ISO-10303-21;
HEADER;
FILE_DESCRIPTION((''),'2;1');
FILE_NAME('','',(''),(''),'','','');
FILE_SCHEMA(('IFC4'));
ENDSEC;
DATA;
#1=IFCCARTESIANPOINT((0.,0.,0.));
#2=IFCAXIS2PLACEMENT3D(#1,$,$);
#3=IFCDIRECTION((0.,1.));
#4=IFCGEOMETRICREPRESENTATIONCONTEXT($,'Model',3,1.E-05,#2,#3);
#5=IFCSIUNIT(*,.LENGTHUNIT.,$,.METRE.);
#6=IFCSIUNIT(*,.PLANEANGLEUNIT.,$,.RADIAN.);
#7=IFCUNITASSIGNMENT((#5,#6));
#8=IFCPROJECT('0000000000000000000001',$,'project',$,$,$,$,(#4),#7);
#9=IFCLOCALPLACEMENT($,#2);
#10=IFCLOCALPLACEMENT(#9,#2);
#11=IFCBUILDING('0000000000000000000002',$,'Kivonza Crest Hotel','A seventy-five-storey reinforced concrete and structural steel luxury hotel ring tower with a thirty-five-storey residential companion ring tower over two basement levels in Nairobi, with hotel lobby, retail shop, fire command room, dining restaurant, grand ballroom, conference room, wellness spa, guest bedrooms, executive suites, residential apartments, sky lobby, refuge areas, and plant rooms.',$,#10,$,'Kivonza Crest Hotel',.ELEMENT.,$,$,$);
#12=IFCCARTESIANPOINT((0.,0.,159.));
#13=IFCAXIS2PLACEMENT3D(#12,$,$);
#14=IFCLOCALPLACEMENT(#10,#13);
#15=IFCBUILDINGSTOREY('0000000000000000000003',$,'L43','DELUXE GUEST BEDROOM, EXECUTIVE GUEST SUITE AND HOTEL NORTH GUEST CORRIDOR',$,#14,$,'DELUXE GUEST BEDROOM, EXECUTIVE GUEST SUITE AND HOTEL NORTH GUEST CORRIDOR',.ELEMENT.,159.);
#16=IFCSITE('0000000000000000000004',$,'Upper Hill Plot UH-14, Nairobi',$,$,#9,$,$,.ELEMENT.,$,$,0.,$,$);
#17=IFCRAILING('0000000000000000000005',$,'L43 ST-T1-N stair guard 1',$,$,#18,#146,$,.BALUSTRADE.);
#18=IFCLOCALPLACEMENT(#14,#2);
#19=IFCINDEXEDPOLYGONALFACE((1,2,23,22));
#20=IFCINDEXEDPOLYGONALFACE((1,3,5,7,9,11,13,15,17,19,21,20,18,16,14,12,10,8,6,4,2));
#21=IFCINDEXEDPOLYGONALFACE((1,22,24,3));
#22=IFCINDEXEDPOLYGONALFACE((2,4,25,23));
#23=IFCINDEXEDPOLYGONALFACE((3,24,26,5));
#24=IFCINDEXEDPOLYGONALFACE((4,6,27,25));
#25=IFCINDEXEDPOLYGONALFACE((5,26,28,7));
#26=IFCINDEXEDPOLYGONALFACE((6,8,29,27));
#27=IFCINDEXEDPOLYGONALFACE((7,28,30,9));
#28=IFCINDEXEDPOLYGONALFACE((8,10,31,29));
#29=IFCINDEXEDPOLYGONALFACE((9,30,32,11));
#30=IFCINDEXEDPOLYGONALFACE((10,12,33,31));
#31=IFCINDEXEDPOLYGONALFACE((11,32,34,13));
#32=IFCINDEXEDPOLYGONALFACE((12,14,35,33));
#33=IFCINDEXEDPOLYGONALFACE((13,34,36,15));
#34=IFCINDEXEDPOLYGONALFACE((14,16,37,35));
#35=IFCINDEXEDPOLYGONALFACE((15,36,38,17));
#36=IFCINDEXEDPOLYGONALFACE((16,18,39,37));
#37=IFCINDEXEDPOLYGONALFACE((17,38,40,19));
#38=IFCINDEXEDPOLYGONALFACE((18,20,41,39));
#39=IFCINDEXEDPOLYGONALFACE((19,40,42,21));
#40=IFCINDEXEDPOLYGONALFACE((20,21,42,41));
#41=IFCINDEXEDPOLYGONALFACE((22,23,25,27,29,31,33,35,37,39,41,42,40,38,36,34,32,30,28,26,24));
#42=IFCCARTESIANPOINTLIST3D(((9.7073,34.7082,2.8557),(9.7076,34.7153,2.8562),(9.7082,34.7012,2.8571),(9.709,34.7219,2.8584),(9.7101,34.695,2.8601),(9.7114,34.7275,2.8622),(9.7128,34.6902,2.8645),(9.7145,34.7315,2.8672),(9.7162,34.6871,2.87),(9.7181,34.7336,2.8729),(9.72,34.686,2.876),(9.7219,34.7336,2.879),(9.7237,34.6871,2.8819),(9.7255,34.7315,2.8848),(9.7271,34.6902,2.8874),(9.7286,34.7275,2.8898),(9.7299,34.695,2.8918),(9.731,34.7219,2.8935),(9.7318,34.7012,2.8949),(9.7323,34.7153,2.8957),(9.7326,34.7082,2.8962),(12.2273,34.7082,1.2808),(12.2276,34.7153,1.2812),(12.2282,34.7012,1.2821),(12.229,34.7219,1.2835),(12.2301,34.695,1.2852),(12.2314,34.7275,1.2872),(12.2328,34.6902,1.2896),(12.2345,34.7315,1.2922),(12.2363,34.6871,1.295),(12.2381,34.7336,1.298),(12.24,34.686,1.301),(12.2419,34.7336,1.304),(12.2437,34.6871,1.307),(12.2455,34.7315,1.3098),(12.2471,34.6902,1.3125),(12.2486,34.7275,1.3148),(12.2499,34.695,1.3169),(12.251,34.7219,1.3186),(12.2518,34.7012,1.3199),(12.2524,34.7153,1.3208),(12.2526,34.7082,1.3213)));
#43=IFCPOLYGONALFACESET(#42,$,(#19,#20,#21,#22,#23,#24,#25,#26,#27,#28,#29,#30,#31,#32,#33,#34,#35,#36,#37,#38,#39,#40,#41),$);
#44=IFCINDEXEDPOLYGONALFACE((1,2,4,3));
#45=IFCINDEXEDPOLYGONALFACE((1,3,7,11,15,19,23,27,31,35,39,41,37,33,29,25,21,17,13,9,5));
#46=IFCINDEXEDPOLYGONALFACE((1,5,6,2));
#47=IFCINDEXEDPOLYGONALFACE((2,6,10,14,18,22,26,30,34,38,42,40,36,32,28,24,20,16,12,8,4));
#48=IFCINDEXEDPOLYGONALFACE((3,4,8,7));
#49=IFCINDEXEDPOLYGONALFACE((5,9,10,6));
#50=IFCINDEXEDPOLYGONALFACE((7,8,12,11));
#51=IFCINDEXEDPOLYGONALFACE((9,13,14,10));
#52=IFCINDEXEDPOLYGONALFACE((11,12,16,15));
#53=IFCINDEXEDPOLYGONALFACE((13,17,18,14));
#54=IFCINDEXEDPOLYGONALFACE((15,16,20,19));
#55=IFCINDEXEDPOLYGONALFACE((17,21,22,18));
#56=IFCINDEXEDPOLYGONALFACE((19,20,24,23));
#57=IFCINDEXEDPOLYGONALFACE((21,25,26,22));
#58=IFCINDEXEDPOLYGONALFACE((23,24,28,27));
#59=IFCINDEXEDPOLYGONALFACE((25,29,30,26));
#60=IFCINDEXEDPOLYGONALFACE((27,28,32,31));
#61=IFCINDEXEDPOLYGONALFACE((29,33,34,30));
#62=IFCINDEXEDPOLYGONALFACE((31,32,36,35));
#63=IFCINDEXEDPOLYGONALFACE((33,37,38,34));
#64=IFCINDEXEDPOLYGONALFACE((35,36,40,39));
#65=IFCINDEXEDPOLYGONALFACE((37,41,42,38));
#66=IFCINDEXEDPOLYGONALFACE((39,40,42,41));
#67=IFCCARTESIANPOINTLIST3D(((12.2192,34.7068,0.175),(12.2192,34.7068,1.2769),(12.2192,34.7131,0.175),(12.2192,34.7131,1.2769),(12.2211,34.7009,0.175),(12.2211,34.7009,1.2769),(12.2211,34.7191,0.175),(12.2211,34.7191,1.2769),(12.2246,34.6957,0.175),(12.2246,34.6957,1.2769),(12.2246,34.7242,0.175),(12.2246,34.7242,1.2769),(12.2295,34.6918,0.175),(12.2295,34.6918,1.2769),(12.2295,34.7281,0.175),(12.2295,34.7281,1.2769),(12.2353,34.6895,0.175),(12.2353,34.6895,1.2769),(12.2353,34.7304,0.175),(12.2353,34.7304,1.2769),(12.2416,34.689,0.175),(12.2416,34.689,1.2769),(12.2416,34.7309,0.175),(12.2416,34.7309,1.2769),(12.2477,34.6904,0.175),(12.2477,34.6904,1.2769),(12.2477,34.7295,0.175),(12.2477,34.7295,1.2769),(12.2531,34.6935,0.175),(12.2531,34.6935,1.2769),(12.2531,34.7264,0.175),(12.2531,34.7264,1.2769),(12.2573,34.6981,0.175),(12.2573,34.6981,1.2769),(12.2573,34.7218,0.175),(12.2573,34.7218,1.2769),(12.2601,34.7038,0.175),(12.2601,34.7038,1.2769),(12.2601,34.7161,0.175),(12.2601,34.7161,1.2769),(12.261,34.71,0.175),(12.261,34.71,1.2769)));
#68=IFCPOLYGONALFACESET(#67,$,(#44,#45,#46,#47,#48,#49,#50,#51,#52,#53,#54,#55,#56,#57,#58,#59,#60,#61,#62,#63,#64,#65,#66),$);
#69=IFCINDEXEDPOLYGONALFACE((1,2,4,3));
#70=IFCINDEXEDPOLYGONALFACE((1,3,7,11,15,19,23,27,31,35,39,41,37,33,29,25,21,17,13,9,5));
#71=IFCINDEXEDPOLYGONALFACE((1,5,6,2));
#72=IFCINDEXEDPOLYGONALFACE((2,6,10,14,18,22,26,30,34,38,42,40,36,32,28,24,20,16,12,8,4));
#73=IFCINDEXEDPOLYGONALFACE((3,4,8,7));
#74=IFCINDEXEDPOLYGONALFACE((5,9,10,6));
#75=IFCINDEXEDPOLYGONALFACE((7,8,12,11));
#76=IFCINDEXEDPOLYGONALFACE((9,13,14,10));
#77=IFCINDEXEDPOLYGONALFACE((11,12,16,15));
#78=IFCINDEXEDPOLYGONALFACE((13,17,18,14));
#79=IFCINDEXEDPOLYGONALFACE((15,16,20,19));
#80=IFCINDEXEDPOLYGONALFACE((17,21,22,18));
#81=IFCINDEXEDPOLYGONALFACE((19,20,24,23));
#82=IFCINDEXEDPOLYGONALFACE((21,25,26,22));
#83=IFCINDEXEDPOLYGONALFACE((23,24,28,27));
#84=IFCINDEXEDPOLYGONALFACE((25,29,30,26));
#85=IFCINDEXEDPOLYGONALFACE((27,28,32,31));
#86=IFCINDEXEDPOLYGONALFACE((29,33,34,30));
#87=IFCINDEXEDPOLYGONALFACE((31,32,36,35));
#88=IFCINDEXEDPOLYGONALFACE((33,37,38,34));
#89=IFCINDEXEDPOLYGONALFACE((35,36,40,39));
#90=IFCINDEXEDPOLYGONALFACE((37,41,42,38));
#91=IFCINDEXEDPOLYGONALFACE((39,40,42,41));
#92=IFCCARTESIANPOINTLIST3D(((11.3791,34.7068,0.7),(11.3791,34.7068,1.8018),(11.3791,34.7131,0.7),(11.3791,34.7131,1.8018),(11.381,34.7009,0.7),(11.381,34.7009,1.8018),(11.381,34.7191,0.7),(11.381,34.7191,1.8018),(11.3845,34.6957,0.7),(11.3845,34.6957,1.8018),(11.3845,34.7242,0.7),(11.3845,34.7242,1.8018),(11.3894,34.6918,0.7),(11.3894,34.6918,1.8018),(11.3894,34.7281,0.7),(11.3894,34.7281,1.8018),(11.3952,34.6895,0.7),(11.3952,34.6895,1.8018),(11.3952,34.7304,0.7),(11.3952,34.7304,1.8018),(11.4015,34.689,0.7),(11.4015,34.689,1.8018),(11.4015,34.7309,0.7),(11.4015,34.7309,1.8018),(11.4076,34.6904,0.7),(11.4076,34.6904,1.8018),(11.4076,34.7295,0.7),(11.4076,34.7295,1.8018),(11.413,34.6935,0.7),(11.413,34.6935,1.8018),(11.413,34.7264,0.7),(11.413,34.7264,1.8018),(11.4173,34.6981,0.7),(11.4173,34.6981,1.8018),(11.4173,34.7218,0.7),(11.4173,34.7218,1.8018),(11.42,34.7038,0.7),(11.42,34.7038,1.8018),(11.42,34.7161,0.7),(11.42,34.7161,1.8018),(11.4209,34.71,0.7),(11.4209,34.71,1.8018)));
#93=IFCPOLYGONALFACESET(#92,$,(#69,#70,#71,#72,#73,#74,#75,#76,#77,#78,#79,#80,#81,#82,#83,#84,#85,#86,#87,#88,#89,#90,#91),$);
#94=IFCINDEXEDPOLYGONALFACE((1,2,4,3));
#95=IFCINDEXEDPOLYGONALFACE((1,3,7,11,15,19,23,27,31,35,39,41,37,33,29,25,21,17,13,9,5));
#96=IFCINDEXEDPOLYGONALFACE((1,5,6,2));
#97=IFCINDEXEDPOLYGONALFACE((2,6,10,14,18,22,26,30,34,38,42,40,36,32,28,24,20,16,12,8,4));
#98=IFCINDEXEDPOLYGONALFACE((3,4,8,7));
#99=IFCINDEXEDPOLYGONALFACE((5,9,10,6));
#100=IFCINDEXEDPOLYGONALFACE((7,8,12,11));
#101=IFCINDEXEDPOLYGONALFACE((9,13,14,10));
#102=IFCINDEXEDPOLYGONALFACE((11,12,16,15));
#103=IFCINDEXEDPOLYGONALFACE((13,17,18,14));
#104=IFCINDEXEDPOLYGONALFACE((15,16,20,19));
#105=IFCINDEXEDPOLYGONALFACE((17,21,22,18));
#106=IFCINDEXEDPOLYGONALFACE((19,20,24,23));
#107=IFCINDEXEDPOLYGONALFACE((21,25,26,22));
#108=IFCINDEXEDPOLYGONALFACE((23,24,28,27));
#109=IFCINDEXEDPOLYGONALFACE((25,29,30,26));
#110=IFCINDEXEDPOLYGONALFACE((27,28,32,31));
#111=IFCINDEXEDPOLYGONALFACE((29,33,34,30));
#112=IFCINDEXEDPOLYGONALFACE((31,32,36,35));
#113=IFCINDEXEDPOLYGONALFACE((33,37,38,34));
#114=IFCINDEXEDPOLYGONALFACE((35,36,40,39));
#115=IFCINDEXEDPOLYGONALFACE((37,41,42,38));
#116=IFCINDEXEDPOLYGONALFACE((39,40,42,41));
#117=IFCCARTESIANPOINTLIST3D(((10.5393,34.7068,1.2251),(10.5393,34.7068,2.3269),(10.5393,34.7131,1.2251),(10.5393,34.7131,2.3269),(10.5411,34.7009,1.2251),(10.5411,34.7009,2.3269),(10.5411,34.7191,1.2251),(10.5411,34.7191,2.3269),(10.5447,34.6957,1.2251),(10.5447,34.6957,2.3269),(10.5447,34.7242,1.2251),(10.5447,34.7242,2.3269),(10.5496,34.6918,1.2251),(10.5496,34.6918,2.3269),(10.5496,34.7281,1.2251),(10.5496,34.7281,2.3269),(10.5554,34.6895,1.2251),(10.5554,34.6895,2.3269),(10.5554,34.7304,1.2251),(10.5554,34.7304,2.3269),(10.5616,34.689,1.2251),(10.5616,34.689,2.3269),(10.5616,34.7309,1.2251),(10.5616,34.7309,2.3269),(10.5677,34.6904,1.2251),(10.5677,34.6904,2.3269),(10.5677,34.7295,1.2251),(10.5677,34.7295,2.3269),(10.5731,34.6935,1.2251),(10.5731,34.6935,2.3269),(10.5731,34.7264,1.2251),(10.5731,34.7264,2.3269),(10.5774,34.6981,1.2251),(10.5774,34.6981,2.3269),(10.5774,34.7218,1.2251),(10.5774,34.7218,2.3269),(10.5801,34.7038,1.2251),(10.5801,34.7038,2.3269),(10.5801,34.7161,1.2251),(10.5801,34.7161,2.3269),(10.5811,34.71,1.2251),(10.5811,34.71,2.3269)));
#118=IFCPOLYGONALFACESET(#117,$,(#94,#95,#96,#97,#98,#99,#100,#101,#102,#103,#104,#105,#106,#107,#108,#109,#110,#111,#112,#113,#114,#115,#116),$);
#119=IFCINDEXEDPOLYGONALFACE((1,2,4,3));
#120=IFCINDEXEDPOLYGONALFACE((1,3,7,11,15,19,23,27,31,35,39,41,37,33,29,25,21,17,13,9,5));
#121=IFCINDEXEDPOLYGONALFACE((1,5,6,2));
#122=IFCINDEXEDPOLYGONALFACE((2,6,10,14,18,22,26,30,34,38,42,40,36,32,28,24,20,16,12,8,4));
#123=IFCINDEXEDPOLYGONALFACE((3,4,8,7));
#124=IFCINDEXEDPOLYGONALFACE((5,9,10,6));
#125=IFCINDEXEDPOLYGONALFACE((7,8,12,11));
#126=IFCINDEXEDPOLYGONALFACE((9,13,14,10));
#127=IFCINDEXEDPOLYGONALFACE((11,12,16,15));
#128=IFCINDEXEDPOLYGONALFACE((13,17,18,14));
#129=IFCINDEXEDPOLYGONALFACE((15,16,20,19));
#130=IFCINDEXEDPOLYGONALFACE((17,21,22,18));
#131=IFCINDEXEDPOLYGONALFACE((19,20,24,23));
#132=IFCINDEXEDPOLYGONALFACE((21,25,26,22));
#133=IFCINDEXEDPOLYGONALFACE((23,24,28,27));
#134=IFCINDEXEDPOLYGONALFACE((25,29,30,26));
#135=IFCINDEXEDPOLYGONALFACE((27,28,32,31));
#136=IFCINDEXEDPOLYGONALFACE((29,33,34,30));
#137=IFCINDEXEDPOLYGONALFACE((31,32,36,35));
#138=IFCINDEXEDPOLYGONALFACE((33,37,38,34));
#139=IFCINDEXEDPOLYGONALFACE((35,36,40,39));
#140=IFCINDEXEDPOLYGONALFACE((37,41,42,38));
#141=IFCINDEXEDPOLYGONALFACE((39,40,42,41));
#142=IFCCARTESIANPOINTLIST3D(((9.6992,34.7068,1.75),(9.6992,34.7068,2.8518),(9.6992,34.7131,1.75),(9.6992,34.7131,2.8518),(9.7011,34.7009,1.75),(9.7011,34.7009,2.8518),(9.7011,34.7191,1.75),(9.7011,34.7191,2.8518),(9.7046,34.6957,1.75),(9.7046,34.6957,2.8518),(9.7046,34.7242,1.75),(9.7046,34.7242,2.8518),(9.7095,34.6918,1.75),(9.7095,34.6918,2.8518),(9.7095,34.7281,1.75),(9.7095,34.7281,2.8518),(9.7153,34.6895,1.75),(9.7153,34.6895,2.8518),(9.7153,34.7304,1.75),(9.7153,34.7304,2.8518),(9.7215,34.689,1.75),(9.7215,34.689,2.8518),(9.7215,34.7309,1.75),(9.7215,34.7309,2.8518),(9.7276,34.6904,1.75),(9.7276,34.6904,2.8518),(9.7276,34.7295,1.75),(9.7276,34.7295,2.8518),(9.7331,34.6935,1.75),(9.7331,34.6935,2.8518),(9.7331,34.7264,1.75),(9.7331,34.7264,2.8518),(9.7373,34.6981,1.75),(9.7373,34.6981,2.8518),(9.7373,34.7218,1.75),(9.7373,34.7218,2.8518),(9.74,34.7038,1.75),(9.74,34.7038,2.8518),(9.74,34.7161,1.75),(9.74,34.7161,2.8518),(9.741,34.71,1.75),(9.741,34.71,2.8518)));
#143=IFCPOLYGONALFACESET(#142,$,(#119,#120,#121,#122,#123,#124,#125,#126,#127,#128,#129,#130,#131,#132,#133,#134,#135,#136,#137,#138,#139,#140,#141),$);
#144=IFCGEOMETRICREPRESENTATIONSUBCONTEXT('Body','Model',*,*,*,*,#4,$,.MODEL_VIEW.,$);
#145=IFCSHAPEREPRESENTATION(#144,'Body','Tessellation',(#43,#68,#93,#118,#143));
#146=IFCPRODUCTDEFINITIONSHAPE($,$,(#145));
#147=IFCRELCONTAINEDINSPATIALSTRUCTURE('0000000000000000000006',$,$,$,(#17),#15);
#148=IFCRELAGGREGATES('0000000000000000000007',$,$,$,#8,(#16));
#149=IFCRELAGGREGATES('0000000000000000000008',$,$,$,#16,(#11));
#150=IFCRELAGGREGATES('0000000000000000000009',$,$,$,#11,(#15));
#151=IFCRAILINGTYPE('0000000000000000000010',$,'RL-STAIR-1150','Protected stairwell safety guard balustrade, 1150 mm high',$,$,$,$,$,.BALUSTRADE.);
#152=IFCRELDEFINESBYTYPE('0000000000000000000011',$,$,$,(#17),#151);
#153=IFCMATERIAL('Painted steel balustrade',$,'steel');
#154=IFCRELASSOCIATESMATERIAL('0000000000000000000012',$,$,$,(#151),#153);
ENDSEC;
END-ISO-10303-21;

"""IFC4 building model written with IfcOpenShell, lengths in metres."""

from ifc_helpers import new_model, si_unit, direction, frame, origin, origin_2d, place, context, subcontext, project, spatial, circle, extrude, material, type_object, element, save


model = new_model("IFC4")

# Units and contexts
model_context = context("Model", 3, precision=1e-05, world=origin(), true_north=direction((0.0, 1.0)))
body_context = subcontext(model_context, "Body", "Model", "MODEL_VIEW")
ifc_project = project(units=[si_unit("LENGTHUNIT", "METRE"), si_unit("PLANEANGLEUNIT", "RADIAN")], contexts=[model_context])

# Site, building, storey
site_placement = place(None, origin())
site = spatial("IfcSite", under=ifc_project, at=site_placement, Name="Upper Hill Plot UH-14, Nairobi", CompositionType="ELEMENT", RefElevation=0.0)
building_placement = place(site_placement, origin())
building = spatial("IfcBuilding", under=site, at=building_placement, Name="Kivonza Crest Hotel", Description="A seventy-five-storey reinforced concrete and structural steel luxury hotel ring tower with a thirty-five-storey residential companion ring tower over two basement levels in Nairobi, with hotel lobby, retail shop, fire command room, dining restaurant, grand ballroom, conference room, wellness spa, guest bedrooms, executive suites, residential apartments, sky lobby, refuge areas, and plant rooms.", LongName="Kivonza Crest Hotel", CompositionType="ELEMENT")
storey_placement = place(building_placement, frame((0.0, 0.0, 159.0)))
storey = spatial("IfcBuildingStorey", under=building, at=storey_placement, Name="L43", Description="DELUXE GUEST BEDROOM, EXECUTIVE GUEST SUITE AND HOTEL NORTH GUEST CORRIDOR", LongName="DELUXE GUEST BEDROOM, EXECUTIVE GUEST SUITE AND HOTEL NORTH GUEST CORRIDOR", CompositionType="ELEMENT", Elevation=159.0)

# Railing
ifc_material_1 = material(Name="Painted steel balustrade", Category="steel")
railing_type_1 = type_object("IfcRailingType", Name="RL-STAIR-1150", Description="Protected stairwell safety guard balustrade, 1150 mm high", PredefinedType="BALUSTRADE", material=ifc_material_1)
railing_1_placement = place(storey_placement, frame((12.24, 34.71, 0.175)))
element("IfcRailing", 1, at=railing_1_placement, inside=storey, type_object=railing_type_1, Name="L43 ST-T1-N stair guard 1", PredefinedType="BALUSTRADE", context=body_context, shape_type="SweptSolid", body=[
    extrude(circle(Radius=0.0239, at=origin_2d()), frame((0.0, 0.0, 1.126), z_axis=(-0.848008, 0.0, 0.529984), x_axis=(0.0, -1.0, 0.0)), (0.0, 0.0, 1.0), 2.9717),
    extrude(circle(Radius=0.021, at=origin_2d()), origin(), (0.0, 0.0, 1.0), 1.1018),
    extrude(circle(Radius=0.021, at=origin_2d()), frame((-0.8401, 0.0, 0.5249)), (0.0, 0.0, 1.0), 1.1018),
    extrude(circle(Radius=0.021, at=origin_2d()), frame((-1.6799, 0.0, 1.05)), (0.0, 0.0, 1.0), 1.1018),
    extrude(circle(Radius=0.021, at=origin_2d()), frame((-2.52, 0.0, 1.575)), (0.0, 0.0, 1.0), 1.1018),
])

save(model, "model.ifc")
